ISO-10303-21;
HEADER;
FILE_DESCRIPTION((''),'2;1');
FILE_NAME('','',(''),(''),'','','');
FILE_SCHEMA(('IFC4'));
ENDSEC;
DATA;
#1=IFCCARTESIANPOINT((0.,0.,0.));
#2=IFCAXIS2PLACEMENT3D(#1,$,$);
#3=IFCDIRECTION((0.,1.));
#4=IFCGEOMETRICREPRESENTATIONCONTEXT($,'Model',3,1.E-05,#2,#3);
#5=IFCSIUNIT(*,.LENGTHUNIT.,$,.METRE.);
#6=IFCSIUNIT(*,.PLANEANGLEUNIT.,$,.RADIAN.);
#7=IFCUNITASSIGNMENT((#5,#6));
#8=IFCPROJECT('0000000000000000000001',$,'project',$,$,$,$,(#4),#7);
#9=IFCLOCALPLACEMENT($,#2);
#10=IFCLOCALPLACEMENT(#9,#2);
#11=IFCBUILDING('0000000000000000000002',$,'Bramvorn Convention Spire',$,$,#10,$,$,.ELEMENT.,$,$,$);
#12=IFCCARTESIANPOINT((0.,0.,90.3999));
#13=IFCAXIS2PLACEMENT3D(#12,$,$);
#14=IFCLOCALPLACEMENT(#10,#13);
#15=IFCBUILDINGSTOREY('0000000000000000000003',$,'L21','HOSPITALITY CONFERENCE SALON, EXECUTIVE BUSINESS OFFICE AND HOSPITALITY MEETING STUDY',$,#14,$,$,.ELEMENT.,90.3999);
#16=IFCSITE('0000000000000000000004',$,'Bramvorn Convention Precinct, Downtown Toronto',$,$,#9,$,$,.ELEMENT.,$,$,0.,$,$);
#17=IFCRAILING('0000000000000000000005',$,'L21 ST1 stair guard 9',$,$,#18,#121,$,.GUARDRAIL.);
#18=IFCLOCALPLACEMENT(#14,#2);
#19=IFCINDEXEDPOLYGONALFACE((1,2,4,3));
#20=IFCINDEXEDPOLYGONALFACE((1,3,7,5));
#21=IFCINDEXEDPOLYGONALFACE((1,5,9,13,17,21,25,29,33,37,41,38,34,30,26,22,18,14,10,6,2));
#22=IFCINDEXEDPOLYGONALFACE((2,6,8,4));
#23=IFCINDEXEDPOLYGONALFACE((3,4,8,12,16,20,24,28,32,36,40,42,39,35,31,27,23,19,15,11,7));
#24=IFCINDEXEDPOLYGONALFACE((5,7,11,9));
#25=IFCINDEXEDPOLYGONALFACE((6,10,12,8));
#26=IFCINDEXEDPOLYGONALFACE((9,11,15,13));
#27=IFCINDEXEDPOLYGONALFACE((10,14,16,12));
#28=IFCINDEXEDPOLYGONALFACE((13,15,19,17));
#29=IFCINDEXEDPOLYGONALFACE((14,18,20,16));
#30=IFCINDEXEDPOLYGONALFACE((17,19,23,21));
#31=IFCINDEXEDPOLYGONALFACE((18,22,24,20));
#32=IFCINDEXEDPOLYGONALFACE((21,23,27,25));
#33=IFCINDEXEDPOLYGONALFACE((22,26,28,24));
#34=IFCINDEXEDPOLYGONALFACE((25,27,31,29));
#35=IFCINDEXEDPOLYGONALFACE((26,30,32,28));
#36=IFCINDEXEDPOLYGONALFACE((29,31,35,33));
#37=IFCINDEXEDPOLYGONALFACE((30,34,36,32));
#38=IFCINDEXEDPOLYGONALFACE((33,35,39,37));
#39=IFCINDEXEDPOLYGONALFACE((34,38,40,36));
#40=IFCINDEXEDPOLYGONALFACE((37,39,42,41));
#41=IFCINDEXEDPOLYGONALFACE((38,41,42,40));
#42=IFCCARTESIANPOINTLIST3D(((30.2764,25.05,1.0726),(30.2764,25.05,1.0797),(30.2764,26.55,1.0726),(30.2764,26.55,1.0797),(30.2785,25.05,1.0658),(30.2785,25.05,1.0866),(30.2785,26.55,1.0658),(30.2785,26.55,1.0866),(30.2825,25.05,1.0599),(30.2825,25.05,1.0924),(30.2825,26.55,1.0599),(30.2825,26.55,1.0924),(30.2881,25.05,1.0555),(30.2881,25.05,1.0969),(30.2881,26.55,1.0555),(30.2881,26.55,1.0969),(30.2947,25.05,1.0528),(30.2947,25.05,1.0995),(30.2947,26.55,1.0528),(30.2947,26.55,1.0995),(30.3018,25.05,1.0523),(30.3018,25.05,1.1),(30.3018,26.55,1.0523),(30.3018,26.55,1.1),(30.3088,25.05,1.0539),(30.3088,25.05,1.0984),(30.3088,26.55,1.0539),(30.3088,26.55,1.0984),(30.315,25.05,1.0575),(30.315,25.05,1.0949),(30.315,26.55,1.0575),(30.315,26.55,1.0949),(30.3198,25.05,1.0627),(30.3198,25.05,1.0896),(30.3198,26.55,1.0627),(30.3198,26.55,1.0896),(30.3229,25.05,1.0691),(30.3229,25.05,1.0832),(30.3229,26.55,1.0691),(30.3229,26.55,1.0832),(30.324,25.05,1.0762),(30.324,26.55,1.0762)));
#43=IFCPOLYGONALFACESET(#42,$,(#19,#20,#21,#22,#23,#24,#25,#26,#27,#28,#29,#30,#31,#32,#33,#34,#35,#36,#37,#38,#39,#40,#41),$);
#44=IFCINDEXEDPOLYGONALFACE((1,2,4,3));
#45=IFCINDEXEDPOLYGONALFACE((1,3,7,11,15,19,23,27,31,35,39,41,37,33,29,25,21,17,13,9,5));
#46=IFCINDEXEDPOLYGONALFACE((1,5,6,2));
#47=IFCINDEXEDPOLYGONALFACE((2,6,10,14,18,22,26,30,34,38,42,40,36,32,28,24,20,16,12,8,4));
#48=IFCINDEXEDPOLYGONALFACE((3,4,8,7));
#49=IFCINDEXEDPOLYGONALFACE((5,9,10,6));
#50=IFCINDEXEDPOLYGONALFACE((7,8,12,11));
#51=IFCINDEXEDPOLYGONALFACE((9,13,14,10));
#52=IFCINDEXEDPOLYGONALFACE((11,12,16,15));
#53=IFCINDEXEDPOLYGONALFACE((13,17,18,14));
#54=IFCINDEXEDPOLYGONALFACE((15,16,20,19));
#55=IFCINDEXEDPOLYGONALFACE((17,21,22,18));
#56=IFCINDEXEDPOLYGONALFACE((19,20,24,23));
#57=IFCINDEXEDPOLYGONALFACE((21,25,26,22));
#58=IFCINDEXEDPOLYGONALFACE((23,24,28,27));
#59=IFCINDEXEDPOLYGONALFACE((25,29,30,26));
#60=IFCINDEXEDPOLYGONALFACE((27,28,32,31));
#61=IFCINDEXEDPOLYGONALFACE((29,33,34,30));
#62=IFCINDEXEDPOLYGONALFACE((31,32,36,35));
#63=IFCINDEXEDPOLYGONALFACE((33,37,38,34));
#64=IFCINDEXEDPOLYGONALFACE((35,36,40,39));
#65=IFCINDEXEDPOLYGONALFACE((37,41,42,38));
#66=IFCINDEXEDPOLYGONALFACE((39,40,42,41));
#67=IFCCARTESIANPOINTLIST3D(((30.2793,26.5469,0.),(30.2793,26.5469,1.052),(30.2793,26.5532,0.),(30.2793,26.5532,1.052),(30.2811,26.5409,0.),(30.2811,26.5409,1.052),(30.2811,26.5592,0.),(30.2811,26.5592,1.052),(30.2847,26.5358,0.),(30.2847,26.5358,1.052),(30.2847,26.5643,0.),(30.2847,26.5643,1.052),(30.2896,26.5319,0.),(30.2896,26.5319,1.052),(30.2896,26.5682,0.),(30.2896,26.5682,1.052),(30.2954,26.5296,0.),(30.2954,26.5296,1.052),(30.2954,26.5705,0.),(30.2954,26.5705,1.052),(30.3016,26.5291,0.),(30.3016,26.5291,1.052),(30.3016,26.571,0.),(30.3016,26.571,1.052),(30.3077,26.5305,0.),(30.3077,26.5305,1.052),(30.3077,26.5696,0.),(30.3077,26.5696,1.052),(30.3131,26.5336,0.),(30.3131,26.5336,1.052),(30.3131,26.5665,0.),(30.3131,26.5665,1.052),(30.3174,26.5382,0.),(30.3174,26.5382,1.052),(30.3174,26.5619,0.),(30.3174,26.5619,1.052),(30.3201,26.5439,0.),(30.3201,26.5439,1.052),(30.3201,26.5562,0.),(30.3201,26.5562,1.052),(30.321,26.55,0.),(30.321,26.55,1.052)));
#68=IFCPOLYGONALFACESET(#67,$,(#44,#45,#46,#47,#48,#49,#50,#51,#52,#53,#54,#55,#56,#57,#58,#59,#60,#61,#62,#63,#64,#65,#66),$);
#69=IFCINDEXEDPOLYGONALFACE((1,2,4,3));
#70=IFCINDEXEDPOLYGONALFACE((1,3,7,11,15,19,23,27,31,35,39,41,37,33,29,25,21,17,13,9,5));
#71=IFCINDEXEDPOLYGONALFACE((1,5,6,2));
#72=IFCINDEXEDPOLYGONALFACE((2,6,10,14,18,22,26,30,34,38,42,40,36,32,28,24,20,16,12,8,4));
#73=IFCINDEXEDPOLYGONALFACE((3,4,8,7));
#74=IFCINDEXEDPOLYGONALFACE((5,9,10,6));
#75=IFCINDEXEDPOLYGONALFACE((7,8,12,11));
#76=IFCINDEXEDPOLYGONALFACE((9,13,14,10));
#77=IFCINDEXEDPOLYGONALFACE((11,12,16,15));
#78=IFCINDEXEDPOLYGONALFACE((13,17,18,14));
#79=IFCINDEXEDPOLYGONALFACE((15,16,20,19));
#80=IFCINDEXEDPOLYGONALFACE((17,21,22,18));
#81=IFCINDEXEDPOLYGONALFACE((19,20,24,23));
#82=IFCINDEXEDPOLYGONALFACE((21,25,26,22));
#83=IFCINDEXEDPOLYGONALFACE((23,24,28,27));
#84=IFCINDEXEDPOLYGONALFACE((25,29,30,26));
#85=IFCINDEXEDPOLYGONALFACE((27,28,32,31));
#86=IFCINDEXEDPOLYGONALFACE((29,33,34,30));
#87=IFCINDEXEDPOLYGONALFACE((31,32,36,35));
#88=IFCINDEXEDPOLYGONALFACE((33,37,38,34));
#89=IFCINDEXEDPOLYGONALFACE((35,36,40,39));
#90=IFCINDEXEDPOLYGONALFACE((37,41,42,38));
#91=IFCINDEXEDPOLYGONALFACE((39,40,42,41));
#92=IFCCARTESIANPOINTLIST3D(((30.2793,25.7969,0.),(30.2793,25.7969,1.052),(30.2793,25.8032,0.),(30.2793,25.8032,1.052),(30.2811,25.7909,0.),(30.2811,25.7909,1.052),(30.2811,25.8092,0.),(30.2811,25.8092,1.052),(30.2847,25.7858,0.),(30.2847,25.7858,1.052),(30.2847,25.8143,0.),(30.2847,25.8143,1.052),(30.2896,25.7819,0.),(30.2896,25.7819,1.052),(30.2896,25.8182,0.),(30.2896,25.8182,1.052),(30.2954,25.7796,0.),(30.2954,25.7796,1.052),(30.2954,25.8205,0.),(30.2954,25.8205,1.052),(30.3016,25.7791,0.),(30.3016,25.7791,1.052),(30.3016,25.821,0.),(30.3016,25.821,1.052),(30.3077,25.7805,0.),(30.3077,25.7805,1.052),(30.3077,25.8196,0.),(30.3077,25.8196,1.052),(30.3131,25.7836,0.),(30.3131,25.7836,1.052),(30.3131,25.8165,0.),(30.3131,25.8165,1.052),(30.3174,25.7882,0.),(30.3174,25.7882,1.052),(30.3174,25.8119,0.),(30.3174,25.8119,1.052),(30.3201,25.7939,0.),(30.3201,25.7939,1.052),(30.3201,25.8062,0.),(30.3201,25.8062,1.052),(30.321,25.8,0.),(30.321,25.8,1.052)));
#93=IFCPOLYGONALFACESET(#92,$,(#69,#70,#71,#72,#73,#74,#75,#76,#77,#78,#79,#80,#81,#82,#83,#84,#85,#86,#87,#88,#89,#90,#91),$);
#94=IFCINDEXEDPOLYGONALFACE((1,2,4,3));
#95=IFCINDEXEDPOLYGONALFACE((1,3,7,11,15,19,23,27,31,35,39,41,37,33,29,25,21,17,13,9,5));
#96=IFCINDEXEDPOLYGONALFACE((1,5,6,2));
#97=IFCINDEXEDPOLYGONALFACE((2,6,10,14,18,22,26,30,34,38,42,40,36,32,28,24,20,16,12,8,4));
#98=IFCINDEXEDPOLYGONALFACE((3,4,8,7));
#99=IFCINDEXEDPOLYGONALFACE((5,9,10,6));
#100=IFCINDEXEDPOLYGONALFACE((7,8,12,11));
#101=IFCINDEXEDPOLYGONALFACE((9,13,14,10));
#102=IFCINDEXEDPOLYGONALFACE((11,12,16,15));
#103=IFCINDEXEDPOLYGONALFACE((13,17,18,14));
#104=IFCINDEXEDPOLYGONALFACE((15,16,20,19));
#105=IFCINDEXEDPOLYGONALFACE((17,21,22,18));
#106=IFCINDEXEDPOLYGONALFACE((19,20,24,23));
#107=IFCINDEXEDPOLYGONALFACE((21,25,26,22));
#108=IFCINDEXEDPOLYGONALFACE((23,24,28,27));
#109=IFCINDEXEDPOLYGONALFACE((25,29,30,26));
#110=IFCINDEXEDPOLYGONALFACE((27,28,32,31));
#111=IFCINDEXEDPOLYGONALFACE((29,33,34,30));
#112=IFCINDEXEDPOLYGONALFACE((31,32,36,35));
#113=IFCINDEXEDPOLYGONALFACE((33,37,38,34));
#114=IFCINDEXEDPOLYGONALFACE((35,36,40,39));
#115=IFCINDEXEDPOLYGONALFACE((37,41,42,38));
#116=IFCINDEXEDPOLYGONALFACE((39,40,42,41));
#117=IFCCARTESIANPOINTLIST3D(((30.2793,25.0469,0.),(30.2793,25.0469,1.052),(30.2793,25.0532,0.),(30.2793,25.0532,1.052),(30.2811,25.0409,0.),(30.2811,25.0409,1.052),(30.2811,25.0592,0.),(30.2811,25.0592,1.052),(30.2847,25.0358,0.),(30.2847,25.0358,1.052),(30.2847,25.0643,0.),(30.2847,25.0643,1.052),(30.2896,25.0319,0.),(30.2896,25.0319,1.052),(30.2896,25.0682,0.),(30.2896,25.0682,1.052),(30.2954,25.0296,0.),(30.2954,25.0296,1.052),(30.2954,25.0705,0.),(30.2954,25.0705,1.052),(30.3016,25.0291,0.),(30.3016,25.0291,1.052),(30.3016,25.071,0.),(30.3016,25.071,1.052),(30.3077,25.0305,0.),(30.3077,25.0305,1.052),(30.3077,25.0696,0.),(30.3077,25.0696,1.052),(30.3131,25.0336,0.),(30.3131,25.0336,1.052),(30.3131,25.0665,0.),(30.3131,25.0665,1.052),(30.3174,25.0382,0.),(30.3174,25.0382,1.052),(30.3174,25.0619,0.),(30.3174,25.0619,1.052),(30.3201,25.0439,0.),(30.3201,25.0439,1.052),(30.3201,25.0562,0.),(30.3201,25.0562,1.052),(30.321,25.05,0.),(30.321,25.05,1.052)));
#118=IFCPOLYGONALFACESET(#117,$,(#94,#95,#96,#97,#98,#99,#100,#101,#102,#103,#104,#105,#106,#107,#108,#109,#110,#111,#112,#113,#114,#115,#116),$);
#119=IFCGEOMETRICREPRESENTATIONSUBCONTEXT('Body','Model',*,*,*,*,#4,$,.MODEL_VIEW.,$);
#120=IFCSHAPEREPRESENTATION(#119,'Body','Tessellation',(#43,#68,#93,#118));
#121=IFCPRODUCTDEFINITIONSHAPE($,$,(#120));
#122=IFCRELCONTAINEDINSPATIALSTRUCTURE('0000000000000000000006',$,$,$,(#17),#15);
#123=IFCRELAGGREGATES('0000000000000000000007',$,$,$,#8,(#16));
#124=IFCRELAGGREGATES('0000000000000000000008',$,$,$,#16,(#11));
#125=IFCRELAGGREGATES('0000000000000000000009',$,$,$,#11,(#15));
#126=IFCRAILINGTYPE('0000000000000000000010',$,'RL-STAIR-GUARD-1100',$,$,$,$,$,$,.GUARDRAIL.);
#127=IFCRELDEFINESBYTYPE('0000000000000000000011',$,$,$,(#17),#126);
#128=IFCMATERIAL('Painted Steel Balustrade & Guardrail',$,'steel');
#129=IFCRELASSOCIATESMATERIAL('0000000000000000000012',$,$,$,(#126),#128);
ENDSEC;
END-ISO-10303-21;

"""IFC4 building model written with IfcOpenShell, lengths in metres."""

from ifc_helpers import new_model, si_unit, direction, frame, origin, origin_2d, place, context, subcontext, project, spatial, circle, extrude, material, type_object, element, save


model = new_model("IFC4")

# Units and contexts
model_context = context("Model", 3, precision=1e-05, world=origin(), true_north=direction((0.0, 1.0)))
body_context = subcontext(model_context, "Body", "Model", "MODEL_VIEW")
ifc_project = project(units=[si_unit("LENGTHUNIT", "METRE"), si_unit("PLANEANGLEUNIT", "RADIAN")], contexts=[model_context])

# Site, building, storey
site_placement = place(None, origin())
site = spatial("IfcSite", under=ifc_project, at=site_placement, Name="Bramvorn Convention Precinct, Downtown Toronto", CompositionType="ELEMENT", RefElevation=0.0)
building_placement = place(site_placement, origin())
building = spatial("IfcBuilding", under=site, at=building_placement, Name="Bramvorn Convention Spire", CompositionType="ELEMENT")
storey_placement = place(building_placement, frame((0.0, 0.0, 90.3999)))
storey = spatial("IfcBuildingStorey", under=building, at=storey_placement, Name="L21", Description="HOSPITALITY CONFERENCE SALON, EXECUTIVE BUSINESS OFFICE AND HOSPITALITY MEETING STUDY", CompositionType="ELEMENT", Elevation=90.3999)

# Railing
ifc_material_1 = material(Name="Painted Steel Balustrade & Guardrail", Category="steel")
railing_type_1 = type_object("IfcRailingType", Name="RL-STAIR-GUARD-1100", PredefinedType="GUARDRAIL", material=ifc_material_1)
for number, where, name in (
    (1, (30.3, 26.55, 0.0), "L21 ST1 stair guard 9"),
):
    element("IfcRailing", number, at=place(storey_placement, frame(where)), inside=storey, type_object=railing_type_1, Name=name, PredefinedType="GUARDRAIL", context=body_context, shape_type="SweptSolid", body=[
        extrude(circle(Radius=0.0239, at=origin_2d()), frame((0.0, 0.0, 1.0762), z_axis=(0.0, -1.0, 0.0), x_axis=(1.0, 0.0, 0.0)), (0.0, 0.0, 1.0), 1.5),
        extrude(circle(Radius=0.021, at=origin_2d()), origin(), (0.0, 0.0, 1.0), 1.052),
        extrude(circle(Radius=0.021, at=origin_2d()), frame((0.0, -0.75, 0.0)), (0.0, 0.0, 1.0), 1.052),
        extrude(circle(Radius=0.021, at=origin_2d()), frame((0.0, -1.5, 0.0)), (0.0, 0.0, 1.0), 1.052),
    ])

save(model, "model.ifc")
